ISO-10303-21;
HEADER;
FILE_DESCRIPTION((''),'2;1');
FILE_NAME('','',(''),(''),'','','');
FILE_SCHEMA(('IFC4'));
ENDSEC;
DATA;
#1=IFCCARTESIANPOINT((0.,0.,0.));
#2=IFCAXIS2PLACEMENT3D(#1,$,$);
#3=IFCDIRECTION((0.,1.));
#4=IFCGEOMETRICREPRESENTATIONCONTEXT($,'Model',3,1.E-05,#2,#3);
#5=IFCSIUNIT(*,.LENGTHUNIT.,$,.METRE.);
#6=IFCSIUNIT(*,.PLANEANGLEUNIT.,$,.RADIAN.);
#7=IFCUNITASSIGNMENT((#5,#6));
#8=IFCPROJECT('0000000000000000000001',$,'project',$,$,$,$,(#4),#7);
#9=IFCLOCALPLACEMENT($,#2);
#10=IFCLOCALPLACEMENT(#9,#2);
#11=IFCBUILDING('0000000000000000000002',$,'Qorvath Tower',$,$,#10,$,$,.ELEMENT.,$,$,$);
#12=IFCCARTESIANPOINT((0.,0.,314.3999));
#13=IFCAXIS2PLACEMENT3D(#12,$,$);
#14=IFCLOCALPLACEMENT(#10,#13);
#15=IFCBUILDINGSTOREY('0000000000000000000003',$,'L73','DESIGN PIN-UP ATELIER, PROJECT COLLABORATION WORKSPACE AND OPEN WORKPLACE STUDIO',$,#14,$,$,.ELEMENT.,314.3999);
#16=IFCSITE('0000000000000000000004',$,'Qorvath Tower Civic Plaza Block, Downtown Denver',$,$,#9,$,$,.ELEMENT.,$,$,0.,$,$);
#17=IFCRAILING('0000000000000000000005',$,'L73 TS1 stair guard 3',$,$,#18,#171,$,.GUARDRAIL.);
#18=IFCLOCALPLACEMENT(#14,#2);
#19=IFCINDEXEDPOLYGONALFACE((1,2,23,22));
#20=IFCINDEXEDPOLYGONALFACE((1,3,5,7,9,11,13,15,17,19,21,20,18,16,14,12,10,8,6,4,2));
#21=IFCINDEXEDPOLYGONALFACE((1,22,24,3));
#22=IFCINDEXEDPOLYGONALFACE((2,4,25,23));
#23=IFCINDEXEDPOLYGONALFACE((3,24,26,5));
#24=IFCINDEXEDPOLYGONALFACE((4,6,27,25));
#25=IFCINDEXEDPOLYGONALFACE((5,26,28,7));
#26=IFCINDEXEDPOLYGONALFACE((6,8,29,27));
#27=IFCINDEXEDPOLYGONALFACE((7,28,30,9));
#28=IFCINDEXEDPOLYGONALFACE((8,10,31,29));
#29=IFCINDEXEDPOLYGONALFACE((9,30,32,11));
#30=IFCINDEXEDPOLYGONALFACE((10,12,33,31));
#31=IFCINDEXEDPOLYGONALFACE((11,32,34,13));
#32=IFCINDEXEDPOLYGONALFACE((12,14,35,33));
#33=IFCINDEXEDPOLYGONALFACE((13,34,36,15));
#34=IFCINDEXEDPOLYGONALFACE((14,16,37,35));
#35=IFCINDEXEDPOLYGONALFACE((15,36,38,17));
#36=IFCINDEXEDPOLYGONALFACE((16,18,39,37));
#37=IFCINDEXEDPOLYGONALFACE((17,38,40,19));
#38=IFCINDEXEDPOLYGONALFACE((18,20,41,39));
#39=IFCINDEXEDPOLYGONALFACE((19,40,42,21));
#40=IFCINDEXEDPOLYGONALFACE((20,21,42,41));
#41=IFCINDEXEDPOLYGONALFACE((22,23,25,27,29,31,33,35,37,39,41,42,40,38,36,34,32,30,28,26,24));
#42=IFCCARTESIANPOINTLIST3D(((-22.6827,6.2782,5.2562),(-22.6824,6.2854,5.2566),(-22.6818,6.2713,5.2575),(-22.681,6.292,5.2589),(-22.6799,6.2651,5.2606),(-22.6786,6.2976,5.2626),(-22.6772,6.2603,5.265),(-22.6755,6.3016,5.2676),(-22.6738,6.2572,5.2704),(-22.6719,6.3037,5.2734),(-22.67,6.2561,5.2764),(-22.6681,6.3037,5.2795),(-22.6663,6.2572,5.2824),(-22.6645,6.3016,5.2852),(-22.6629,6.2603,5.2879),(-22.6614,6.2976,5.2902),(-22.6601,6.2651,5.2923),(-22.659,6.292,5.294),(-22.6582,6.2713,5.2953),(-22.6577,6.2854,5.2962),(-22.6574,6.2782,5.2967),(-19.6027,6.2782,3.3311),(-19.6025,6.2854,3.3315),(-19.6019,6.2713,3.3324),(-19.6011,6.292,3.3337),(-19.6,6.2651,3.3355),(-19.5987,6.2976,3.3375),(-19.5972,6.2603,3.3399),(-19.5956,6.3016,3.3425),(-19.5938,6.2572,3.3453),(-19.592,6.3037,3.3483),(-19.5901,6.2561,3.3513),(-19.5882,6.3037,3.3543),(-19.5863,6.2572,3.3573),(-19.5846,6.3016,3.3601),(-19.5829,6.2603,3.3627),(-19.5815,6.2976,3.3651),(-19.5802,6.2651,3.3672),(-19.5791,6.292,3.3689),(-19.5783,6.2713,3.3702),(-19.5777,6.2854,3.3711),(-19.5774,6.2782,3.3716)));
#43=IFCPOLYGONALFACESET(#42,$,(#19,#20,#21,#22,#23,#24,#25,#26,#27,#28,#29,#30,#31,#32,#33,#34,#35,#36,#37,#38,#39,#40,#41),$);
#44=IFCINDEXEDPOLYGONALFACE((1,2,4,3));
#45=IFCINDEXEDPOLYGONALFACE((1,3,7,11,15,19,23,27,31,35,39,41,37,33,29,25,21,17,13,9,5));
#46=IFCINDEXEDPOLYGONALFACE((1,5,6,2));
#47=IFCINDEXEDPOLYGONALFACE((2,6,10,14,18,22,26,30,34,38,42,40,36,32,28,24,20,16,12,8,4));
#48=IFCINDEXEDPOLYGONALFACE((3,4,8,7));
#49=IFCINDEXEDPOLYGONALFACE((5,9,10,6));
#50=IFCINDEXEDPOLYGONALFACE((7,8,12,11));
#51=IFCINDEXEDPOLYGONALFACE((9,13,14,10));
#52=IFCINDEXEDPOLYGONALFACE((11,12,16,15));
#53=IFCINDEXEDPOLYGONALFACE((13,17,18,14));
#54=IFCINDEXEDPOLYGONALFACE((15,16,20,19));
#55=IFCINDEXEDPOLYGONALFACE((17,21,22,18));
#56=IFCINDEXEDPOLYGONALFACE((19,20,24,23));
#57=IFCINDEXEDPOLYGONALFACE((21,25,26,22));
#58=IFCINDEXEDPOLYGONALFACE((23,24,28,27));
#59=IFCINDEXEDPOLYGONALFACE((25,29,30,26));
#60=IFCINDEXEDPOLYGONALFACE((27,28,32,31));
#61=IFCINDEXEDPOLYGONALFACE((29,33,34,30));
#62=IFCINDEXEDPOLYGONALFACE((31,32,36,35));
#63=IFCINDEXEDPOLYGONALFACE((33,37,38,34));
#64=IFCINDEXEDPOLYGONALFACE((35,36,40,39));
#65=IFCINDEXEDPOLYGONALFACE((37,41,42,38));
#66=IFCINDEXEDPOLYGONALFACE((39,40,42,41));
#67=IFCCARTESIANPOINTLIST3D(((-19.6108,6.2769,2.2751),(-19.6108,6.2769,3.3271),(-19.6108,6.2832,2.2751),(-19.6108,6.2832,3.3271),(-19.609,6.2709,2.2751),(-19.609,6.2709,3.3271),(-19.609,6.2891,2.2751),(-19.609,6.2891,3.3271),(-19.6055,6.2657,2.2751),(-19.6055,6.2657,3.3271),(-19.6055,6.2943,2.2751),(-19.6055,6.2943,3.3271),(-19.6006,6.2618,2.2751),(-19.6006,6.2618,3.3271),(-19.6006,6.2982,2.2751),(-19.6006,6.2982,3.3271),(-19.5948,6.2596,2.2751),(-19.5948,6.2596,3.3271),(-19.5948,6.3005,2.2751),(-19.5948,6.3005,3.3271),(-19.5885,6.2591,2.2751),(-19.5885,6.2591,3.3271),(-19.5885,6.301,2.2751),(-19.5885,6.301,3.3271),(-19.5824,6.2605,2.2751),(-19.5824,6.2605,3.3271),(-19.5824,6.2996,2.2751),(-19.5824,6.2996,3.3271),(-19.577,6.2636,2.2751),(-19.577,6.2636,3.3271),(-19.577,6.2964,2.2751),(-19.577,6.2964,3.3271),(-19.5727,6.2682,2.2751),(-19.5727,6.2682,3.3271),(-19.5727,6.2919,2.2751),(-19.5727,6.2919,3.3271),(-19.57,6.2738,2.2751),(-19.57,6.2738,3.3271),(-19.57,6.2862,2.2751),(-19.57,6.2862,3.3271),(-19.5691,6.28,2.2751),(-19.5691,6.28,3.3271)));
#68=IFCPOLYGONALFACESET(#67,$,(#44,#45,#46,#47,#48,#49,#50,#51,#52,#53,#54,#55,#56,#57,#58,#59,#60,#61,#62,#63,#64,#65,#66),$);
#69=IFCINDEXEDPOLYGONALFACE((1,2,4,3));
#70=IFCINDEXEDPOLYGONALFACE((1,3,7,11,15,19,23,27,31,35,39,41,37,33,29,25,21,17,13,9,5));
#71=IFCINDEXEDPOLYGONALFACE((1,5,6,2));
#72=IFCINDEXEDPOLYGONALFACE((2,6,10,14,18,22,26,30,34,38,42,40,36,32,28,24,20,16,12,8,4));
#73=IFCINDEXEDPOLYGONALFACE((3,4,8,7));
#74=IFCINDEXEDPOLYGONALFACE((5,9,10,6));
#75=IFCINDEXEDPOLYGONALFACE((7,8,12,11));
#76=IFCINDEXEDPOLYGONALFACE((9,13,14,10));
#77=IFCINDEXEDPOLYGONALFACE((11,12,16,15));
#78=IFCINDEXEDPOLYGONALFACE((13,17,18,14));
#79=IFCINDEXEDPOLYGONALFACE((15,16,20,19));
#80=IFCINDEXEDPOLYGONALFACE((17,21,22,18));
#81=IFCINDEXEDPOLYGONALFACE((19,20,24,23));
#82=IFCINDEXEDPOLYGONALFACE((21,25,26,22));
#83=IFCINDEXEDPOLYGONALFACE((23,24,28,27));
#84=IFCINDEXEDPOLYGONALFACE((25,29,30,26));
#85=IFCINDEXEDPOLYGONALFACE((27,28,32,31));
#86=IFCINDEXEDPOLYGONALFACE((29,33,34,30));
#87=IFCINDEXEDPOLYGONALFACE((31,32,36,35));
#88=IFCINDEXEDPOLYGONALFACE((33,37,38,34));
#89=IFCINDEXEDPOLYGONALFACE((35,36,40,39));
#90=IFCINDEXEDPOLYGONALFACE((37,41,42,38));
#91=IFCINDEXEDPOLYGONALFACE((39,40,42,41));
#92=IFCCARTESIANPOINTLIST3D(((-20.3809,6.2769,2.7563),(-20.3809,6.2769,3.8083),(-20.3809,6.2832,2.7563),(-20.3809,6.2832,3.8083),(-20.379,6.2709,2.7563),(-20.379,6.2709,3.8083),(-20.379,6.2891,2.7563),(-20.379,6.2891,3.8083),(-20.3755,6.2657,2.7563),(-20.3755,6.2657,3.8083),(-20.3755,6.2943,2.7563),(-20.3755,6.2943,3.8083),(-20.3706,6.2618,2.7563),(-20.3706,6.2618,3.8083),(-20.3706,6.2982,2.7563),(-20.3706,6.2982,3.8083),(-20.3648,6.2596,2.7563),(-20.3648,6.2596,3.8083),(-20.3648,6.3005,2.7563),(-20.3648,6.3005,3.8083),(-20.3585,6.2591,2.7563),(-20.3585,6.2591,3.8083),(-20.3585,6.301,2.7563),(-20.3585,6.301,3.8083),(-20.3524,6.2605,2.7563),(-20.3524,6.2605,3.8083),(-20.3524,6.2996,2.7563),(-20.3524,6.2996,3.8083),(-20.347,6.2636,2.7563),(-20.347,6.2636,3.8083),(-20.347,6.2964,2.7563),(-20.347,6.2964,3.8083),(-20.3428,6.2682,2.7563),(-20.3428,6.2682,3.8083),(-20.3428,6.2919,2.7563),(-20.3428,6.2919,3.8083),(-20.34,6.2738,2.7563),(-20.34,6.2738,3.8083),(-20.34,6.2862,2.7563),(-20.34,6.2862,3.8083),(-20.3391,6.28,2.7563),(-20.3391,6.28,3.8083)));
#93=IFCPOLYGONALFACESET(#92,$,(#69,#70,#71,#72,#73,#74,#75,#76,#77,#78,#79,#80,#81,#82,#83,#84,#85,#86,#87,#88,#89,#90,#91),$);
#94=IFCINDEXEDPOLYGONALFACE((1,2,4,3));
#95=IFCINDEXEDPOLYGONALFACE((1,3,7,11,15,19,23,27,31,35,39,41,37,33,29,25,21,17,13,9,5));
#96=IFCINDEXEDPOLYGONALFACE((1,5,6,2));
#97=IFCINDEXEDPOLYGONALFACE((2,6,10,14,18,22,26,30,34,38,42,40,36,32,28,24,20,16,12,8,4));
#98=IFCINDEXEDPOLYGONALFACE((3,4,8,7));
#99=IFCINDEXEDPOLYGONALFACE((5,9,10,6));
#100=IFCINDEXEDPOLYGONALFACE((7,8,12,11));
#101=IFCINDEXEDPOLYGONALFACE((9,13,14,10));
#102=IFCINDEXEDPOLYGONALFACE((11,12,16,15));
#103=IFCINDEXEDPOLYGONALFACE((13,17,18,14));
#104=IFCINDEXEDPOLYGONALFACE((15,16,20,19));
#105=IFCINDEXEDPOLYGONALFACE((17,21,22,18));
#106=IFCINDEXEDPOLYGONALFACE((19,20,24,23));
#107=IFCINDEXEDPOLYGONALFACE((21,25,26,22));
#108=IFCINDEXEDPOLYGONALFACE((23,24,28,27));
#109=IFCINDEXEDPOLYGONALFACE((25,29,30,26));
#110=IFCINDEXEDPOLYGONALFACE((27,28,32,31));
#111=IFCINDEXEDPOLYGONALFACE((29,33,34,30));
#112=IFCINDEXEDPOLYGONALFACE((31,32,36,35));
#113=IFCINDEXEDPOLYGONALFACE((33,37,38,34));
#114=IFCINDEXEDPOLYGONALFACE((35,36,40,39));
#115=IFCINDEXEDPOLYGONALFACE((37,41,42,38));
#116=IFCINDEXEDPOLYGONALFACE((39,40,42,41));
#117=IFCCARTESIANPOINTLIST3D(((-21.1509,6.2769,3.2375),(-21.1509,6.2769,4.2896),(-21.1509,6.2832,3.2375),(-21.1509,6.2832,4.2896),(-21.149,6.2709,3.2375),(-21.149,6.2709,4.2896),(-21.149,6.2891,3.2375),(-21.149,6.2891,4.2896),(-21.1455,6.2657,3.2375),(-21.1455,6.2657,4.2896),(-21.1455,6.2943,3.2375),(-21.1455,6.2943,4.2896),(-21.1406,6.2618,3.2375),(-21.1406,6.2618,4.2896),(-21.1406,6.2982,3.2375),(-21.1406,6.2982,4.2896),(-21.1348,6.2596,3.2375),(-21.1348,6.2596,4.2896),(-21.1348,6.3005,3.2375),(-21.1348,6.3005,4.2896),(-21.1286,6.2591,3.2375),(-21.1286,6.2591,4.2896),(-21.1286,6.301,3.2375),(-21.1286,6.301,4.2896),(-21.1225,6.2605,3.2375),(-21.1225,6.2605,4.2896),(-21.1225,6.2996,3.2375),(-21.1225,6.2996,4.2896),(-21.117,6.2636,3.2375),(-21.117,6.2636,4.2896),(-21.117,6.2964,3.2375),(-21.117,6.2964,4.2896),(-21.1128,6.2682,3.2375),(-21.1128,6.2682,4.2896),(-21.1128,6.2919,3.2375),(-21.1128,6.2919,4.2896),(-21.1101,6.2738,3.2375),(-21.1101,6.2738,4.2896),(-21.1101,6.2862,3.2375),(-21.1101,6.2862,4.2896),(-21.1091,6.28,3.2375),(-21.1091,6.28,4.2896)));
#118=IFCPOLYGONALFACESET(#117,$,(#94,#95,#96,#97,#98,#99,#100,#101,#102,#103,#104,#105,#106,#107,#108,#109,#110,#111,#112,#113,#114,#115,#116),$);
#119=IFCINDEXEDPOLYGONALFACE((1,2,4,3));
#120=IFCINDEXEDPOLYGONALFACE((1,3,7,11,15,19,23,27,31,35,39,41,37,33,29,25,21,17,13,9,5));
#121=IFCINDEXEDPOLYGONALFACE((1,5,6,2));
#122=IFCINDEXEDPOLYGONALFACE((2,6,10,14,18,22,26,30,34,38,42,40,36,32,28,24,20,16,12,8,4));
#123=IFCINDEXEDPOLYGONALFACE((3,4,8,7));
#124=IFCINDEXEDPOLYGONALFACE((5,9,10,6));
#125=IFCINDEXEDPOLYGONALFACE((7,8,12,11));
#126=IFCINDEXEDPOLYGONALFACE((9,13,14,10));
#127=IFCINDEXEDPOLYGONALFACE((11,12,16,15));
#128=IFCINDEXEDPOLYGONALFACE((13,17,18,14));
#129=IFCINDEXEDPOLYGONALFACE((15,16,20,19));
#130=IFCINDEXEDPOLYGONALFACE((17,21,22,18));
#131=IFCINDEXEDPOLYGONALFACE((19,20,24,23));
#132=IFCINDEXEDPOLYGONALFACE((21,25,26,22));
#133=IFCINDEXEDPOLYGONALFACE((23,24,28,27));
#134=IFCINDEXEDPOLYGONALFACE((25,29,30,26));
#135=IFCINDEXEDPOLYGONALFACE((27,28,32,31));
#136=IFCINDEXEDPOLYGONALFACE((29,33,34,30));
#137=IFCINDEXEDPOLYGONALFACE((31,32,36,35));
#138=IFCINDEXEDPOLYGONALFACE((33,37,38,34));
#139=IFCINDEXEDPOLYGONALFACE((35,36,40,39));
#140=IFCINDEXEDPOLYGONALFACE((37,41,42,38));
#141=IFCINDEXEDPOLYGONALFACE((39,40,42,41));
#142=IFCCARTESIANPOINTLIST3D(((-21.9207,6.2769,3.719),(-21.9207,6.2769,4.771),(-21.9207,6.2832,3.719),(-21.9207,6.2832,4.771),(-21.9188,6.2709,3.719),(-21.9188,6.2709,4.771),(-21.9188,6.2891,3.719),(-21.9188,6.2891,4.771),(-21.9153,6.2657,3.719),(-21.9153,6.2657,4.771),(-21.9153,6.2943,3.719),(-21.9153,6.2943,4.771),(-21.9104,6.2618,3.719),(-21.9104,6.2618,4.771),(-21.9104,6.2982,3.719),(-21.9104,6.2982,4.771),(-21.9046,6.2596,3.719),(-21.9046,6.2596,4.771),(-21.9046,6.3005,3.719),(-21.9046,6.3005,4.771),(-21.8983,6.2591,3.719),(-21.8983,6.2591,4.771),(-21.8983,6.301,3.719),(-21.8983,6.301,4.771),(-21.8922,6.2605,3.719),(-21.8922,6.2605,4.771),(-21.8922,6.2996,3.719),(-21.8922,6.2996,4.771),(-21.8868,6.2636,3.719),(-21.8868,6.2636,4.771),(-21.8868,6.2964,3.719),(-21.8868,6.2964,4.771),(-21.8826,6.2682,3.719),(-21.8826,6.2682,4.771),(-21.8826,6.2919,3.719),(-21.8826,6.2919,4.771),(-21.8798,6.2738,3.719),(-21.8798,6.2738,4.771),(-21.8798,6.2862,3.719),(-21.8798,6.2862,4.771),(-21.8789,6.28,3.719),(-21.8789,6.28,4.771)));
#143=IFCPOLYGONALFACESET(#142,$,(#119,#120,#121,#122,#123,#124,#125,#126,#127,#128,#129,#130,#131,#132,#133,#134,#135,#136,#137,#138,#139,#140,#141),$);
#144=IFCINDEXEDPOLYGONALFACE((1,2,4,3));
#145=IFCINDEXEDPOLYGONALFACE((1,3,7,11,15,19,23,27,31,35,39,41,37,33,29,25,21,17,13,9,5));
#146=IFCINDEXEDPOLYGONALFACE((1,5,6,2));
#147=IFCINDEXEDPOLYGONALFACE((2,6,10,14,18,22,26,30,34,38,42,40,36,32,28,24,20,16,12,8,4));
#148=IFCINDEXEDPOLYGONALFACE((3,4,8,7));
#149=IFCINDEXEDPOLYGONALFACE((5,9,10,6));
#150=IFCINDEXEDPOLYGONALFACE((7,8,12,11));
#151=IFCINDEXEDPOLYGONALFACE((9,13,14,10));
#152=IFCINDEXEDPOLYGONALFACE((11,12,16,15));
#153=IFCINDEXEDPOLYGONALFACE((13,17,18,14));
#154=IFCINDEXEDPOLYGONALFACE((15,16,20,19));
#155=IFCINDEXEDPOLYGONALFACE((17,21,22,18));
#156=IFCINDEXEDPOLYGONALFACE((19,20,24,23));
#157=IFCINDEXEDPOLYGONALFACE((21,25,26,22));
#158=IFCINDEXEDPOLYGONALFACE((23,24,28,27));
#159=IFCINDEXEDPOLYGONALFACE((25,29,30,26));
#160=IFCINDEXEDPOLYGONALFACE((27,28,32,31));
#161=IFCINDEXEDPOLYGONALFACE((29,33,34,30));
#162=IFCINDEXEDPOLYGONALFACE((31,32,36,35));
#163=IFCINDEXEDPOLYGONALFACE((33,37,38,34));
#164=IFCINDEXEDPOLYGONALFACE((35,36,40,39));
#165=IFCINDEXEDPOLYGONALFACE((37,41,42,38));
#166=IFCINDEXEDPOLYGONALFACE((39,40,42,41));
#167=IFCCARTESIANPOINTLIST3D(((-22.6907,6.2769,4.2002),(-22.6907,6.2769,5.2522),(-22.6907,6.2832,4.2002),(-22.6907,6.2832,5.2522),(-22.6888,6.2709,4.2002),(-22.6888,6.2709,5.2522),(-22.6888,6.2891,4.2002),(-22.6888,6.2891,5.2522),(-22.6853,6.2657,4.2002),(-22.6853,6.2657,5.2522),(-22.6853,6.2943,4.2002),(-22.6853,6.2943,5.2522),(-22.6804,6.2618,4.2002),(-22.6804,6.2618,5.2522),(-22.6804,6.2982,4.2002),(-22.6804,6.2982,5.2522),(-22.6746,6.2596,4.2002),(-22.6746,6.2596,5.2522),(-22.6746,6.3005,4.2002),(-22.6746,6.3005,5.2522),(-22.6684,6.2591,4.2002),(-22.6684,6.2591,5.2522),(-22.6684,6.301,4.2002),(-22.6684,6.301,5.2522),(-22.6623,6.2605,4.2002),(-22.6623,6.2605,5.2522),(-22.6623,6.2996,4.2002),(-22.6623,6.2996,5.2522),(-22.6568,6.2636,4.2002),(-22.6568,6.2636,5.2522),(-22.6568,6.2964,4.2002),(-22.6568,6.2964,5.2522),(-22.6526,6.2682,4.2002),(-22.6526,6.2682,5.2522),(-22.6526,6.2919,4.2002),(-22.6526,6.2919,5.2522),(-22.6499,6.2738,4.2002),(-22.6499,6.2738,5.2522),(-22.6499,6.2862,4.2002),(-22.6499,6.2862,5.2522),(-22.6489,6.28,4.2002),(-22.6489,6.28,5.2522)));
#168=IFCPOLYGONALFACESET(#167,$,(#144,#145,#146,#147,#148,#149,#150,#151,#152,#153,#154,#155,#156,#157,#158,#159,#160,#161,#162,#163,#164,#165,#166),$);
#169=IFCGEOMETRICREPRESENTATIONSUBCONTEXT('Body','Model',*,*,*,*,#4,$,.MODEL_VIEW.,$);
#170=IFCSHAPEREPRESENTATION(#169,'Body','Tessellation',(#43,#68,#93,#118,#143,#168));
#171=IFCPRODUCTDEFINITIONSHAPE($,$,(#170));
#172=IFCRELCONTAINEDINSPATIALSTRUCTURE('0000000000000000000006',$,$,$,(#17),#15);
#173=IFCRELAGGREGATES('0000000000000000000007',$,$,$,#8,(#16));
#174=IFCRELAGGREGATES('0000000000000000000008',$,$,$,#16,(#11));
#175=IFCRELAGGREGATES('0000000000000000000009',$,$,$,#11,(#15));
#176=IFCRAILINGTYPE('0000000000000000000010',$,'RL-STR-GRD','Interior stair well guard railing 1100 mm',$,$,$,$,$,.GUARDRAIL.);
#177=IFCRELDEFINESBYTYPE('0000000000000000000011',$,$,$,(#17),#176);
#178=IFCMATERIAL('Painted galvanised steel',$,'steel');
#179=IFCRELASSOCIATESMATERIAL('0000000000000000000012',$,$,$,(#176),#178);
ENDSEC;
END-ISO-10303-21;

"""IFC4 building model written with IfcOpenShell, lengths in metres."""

from ifc_helpers import new_model, si_unit, direction, frame, origin, origin_2d, place, context, subcontext, project, spatial, circle, extrude, material, type_object, element, save


model = new_model("IFC4")

# Units and contexts
model_context = context("Model", 3, precision=1e-05, world=origin(), true_north=direction((0.0, 1.0)))
body_context = subcontext(model_context, "Body", "Model", "MODEL_VIEW")
ifc_project = project(units=[si_unit("LENGTHUNIT", "METRE"), si_unit("PLANEANGLEUNIT", "RADIAN")], contexts=[model_context])

# Site, building, storey
site_placement = place(None, origin())
site = spatial("IfcSite", under=ifc_project, at=site_placement, Name="Qorvath Tower Civic Plaza Block, Downtown Denver", CompositionType="ELEMENT", RefElevation=0.0)
building_placement = place(site_placement, origin())
building = spatial("IfcBuilding", under=site, at=building_placement, Name="Qorvath Tower", CompositionType="ELEMENT")
storey_placement = place(building_placement, frame((0.0, 0.0, 314.3999)))
storey = spatial("IfcBuildingStorey", under=building, at=storey_placement, Name="L73", Description="DESIGN PIN-UP ATELIER, PROJECT COLLABORATION WORKSPACE AND OPEN WORKPLACE STUDIO", CompositionType="ELEMENT", Elevation=314.3999)

# Railing
ifc_material_1 = material(Name="Painted galvanised steel", Category="steel")
railing_type_1 = type_object("IfcRailingType", Name="RL-STR-GRD", Description="Interior stair well guard railing 1100 mm", PredefinedType="GUARDRAIL", material=ifc_material_1)
railing_1_placement = place(storey_placement, frame((-19.5901, 6.28, 2.2751)))
element("IfcRailing", 1, at=railing_1_placement, inside=storey, type_object=railing_type_1, Name="L73 TS1 stair guard 3", PredefinedType="GUARDRAIL", context=body_context, shape_type="SweptSolid", body=[
    extrude(circle(Radius=0.0239, at=origin_2d()), frame((0.0, 0.0, 1.0762), z_axis=(-0.847979, 0.0, 0.530029), x_axis=(0.0, -1.0, 0.0)), (0.0, 0.0, 1.0), 3.6321),
    extrude(circle(Radius=0.021, at=origin_2d()), origin(), (0.0, 0.0, 1.0), 1.052),
    extrude(circle(Radius=0.021, at=origin_2d()), frame((-0.77, 0.0, 0.4812)), (0.0, 0.0, 1.0), 1.052),
    extrude(circle(Radius=0.021, at=origin_2d()), frame((-1.54, 0.0, 0.9624)), (0.0, 0.0, 1.0), 1.052),
    extrude(circle(Radius=0.021, at=origin_2d()), frame((-2.3098, 0.0, 1.4438)), (0.0, 0.0, 1.0), 1.052),
    extrude(circle(Radius=0.021, at=origin_2d()), frame((-3.0798, 0.0, 1.925)), (0.0, 0.0, 1.0), 1.052),
])

save(model, "model.ifc")
